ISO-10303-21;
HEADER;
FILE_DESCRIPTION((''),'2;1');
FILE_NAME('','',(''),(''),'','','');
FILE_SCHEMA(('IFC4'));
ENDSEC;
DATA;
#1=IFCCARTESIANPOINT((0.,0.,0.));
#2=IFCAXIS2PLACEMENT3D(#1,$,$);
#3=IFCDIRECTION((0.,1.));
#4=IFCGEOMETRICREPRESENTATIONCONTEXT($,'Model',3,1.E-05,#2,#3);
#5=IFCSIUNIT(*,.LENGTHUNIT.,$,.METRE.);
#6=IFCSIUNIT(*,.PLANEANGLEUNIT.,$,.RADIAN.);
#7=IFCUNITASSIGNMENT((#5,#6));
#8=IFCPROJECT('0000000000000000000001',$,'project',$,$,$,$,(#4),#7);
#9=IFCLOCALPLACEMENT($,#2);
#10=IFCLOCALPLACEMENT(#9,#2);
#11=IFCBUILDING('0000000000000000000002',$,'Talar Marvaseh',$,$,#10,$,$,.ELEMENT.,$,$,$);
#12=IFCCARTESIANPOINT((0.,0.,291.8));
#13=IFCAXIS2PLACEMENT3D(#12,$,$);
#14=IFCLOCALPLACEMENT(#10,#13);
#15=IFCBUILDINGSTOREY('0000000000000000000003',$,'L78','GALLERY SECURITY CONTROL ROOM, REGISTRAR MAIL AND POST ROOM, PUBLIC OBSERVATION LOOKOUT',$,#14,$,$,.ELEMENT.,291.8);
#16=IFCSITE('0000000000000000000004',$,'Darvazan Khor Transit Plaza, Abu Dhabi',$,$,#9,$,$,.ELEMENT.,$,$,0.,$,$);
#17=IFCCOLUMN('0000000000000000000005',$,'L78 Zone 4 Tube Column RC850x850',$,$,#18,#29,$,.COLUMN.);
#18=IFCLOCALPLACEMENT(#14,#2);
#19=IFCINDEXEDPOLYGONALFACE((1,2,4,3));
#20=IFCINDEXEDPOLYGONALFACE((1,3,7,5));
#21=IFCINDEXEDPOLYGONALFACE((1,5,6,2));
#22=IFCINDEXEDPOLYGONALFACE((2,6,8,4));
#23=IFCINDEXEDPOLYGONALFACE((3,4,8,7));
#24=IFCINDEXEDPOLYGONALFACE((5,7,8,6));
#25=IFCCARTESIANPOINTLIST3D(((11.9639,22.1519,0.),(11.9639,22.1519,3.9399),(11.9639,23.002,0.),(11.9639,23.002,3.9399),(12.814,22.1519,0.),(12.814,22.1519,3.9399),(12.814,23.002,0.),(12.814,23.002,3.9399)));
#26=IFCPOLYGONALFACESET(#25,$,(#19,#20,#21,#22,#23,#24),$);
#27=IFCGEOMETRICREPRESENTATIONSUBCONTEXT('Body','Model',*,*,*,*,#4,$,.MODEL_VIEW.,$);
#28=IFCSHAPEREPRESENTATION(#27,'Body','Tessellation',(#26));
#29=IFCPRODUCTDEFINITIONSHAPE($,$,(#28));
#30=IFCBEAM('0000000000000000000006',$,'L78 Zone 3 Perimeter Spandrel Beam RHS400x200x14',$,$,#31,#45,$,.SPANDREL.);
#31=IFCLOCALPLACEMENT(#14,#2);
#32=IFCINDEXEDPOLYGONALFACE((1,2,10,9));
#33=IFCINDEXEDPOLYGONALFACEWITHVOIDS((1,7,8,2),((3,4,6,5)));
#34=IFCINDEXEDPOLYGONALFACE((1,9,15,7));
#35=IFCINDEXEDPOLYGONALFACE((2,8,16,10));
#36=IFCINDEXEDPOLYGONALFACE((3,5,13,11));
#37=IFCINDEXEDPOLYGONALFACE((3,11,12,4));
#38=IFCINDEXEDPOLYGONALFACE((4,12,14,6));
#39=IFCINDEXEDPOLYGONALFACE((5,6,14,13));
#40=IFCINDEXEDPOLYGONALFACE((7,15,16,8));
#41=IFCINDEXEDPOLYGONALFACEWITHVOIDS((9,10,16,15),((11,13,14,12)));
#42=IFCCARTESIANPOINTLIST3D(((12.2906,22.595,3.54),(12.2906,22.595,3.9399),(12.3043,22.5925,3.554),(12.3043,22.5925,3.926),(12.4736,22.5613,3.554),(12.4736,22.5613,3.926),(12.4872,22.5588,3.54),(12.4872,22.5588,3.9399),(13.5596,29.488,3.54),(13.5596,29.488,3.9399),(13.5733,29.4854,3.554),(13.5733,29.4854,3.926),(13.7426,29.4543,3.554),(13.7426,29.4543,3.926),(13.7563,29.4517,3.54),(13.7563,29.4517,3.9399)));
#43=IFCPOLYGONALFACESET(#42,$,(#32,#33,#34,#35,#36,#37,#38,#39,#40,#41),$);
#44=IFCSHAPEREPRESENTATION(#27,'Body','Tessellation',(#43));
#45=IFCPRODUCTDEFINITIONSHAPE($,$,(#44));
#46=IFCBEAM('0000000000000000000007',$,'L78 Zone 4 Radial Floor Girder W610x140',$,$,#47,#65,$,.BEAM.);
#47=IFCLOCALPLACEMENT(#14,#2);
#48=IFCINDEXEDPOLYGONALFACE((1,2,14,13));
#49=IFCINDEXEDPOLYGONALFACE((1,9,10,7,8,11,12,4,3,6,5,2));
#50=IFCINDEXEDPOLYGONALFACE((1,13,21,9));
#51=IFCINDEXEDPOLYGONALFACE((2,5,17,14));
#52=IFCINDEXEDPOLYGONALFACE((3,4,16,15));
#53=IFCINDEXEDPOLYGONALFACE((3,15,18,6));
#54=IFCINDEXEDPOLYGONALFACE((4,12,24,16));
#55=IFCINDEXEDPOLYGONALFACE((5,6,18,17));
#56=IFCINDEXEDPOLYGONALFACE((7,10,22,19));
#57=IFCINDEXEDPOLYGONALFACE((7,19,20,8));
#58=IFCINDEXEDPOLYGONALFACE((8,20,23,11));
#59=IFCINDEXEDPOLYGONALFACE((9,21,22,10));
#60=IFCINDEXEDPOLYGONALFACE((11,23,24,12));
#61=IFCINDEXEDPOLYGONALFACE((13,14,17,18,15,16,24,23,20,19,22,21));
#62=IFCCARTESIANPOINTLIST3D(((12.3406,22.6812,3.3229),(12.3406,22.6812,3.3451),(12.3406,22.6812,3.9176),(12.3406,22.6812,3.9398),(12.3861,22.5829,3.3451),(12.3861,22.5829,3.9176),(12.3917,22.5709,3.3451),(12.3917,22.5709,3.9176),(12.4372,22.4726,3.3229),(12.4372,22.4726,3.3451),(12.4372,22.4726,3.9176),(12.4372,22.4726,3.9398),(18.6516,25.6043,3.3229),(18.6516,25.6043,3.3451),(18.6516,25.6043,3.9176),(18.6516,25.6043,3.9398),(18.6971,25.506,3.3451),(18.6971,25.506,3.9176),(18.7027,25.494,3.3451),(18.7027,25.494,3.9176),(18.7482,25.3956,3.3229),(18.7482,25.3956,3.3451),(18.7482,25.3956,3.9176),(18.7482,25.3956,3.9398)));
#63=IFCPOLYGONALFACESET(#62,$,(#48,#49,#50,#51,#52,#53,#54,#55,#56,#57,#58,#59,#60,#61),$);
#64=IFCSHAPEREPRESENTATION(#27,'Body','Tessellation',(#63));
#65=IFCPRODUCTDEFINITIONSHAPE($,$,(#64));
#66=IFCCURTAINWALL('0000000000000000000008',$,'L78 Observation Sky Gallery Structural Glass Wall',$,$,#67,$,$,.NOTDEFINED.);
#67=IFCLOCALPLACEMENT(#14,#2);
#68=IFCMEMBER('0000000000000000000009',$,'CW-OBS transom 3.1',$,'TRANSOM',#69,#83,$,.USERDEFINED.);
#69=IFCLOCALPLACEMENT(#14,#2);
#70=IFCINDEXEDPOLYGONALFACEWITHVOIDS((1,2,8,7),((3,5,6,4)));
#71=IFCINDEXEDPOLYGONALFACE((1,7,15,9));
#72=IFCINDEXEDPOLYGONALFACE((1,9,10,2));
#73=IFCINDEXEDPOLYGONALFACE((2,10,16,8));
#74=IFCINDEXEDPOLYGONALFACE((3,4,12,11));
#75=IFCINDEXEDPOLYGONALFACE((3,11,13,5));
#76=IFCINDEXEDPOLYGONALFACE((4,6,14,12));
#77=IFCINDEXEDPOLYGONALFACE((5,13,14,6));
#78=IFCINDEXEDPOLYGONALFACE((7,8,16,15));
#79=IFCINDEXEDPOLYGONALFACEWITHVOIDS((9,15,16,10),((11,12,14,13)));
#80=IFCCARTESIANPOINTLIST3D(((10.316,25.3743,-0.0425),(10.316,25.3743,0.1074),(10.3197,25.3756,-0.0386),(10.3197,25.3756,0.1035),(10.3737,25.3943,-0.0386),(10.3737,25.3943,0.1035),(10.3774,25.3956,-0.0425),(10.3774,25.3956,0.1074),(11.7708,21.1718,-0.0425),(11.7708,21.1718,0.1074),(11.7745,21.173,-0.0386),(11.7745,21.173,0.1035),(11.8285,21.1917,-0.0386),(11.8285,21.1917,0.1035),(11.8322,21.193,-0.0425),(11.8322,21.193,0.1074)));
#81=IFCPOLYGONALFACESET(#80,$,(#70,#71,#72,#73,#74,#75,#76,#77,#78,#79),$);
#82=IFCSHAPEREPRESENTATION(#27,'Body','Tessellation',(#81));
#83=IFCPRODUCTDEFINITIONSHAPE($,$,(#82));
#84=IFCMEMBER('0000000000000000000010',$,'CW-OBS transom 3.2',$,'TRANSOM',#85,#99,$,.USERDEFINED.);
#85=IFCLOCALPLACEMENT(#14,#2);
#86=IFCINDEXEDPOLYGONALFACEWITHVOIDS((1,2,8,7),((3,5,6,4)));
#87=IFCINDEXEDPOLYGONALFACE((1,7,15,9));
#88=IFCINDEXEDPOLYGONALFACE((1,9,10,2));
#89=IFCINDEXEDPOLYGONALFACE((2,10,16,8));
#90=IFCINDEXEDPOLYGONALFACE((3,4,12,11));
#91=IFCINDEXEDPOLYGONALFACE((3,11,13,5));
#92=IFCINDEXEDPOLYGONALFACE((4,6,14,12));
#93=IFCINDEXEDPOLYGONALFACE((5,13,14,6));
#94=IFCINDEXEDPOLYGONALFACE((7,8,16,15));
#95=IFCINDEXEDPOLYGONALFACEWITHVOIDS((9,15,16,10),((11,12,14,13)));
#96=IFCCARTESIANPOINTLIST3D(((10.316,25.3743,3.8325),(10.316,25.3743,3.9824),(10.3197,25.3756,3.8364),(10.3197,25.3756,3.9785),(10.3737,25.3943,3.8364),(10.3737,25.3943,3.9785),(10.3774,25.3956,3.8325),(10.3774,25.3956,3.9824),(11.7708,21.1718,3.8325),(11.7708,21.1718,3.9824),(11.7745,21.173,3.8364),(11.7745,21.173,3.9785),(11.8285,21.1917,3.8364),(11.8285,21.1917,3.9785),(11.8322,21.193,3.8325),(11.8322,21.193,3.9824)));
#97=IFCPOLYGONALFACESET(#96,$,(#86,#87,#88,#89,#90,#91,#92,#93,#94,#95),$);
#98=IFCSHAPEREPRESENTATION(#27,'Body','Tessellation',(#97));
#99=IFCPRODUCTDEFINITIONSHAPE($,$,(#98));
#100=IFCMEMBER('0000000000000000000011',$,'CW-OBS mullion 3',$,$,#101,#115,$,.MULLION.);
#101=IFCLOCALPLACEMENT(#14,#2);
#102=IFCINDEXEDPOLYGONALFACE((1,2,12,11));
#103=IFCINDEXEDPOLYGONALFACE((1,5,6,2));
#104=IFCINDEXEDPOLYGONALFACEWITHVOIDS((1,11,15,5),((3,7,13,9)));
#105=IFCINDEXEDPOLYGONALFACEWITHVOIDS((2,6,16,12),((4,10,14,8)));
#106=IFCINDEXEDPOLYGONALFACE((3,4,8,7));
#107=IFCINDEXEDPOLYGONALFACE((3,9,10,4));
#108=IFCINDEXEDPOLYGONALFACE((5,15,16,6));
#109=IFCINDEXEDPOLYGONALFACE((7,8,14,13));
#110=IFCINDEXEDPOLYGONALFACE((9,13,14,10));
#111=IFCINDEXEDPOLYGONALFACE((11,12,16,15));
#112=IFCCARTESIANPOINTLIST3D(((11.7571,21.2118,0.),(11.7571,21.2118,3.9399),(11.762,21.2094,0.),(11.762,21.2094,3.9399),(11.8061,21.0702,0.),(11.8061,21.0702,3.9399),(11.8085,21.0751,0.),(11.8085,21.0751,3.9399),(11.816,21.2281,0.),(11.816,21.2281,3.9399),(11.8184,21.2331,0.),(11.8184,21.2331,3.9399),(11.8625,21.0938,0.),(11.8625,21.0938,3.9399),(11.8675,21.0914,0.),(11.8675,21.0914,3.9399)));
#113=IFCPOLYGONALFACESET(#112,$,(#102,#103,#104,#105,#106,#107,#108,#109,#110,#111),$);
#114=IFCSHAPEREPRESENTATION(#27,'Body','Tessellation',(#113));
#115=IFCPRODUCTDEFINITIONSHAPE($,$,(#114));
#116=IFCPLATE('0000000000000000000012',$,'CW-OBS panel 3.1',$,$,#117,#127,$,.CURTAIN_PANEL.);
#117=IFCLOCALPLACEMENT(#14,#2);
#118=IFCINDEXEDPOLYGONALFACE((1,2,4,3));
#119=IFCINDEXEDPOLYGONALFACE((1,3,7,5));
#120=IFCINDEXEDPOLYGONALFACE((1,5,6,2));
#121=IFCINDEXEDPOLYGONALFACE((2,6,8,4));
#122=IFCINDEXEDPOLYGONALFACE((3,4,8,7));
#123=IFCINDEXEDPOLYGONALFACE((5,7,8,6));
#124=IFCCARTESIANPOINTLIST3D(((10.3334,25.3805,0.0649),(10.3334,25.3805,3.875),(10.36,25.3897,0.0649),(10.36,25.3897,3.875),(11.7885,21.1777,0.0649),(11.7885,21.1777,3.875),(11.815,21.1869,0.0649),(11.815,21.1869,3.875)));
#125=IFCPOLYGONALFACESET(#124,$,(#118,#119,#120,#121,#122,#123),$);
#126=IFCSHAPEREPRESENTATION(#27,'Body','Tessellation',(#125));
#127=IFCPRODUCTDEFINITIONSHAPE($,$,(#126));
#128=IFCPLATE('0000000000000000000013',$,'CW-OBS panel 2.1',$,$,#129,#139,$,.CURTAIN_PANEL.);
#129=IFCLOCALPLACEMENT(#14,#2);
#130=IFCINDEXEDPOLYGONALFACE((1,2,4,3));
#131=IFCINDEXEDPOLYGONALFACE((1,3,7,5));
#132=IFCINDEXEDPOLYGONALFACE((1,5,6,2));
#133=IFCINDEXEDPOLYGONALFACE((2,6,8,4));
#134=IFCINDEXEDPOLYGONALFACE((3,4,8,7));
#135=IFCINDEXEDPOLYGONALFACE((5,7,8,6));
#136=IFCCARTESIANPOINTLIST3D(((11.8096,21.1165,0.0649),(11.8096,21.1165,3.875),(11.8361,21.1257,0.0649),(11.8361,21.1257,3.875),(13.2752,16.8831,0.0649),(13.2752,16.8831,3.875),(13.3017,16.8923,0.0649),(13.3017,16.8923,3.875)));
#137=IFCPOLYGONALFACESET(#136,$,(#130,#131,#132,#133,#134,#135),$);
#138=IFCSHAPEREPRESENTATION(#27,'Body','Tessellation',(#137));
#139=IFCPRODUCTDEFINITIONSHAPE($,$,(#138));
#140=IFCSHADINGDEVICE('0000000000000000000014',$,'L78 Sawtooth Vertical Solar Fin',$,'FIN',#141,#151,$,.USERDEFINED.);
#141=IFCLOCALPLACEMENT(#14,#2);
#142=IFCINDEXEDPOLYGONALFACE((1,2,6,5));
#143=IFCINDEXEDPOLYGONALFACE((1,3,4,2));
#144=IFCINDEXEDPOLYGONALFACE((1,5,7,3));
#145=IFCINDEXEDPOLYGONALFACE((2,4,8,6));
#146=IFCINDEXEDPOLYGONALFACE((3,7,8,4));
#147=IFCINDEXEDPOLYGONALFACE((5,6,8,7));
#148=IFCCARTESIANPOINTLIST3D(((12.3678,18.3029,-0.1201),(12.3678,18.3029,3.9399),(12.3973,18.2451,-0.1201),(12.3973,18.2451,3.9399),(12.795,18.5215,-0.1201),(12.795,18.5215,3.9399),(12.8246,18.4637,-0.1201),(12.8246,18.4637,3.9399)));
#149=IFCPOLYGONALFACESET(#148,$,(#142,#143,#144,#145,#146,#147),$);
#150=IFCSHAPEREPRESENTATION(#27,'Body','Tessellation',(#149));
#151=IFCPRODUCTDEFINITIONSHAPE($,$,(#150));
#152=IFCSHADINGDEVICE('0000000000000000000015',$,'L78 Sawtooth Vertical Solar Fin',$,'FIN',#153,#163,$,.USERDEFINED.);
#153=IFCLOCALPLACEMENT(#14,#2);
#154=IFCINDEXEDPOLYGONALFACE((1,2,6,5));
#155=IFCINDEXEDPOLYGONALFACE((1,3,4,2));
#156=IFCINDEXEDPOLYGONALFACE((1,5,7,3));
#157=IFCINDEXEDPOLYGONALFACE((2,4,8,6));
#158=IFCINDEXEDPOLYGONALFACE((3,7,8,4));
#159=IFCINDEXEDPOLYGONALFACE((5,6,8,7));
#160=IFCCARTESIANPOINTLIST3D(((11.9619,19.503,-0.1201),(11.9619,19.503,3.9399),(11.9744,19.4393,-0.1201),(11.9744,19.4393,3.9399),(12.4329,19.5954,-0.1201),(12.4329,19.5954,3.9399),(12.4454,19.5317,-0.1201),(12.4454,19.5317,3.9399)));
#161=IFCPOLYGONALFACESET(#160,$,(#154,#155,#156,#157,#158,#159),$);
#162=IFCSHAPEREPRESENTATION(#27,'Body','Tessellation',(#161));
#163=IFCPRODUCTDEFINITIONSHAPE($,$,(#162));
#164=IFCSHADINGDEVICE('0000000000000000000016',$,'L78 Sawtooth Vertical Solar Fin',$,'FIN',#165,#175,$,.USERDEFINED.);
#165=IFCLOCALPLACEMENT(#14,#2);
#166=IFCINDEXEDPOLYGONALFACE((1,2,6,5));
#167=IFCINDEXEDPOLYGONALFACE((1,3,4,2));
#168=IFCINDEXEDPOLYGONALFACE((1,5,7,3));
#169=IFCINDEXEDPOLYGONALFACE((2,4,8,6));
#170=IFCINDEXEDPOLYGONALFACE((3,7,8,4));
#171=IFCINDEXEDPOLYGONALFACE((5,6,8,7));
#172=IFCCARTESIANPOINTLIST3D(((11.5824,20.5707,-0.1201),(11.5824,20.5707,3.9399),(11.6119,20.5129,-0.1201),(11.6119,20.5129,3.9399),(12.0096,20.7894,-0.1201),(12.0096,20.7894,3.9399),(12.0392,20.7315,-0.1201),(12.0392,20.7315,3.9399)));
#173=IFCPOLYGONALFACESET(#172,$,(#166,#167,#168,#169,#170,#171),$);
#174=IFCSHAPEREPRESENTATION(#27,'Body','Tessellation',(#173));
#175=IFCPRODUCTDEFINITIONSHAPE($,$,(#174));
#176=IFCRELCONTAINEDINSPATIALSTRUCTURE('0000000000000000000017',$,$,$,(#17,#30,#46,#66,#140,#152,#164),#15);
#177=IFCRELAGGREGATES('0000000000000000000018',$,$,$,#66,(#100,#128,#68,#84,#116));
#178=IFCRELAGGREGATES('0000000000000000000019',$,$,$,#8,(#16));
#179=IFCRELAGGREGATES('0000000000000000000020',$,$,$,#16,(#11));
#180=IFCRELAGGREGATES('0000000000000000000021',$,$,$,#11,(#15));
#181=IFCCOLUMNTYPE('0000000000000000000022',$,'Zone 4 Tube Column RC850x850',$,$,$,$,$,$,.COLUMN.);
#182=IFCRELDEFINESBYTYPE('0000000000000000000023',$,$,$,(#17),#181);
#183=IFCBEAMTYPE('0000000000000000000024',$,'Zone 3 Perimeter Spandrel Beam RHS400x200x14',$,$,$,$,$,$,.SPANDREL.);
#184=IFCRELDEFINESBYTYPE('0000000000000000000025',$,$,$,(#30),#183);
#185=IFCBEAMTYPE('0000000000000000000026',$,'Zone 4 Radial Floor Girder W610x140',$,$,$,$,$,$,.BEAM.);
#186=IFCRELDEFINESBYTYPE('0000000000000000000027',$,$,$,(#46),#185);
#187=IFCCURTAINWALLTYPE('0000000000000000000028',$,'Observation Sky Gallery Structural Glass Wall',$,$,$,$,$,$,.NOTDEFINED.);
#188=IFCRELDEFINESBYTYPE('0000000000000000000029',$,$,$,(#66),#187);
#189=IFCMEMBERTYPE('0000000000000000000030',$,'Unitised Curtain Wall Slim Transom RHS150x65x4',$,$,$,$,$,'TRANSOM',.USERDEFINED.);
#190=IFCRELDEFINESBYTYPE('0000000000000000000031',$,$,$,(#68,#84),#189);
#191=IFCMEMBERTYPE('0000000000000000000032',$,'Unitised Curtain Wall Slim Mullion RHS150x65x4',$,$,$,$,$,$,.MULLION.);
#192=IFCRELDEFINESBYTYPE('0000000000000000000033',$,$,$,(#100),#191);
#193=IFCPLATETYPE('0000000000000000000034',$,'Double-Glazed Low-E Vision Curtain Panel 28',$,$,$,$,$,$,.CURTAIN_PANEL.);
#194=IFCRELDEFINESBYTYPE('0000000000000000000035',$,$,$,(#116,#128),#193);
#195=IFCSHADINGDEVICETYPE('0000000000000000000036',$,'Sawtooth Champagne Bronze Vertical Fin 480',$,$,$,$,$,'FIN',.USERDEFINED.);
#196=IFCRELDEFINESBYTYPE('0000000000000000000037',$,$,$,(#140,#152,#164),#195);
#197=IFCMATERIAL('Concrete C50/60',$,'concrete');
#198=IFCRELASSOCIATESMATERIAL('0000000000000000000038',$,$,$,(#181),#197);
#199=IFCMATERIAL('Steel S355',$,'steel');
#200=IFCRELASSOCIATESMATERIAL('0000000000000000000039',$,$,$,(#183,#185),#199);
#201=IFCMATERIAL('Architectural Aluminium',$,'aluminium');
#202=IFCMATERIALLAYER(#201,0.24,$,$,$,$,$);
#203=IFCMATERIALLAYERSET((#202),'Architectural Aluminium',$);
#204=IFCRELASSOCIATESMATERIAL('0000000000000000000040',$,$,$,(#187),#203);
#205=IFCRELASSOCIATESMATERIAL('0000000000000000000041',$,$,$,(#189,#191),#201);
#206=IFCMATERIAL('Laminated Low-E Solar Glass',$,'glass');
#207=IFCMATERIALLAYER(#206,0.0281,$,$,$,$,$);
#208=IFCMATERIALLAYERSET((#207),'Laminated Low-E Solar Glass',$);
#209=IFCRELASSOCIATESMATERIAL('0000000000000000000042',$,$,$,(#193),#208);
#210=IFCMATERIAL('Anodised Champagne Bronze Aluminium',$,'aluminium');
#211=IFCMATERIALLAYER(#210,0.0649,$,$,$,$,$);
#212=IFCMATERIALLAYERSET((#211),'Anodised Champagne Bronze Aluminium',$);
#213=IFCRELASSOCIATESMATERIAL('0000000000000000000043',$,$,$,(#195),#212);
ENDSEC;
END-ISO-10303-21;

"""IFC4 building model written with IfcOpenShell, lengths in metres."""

from ifc_helpers import new_model, si_unit, direction, frame, origin, origin_2d, place, context, subcontext, project, spatial, rectangle, hollow_rectangle, i_section, extrude, source, transform, mapped, material, layer, layer_set, material_profile, profile_set, type_object, type_shapes, element, aggregate, save


model = new_model("IFC4")

# Units and contexts
model_context = context("Model", 3, precision=1e-05, world=origin(), true_north=direction((0.0, 1.0)))
body_context = subcontext(model_context, "Body", "Model", "MODEL_VIEW")
ifc_project = project(units=[si_unit("LENGTHUNIT", "METRE"), si_unit("PLANEANGLEUNIT", "RADIAN")], contexts=[model_context])

# Site, building, storey
site_placement = place(None, origin())
site = spatial("IfcSite", under=ifc_project, at=site_placement, Name="Darvazan Khor Transit Plaza, Abu Dhabi", CompositionType="ELEMENT", RefElevation=0.0)
building_placement = place(site_placement, origin())
building = spatial("IfcBuilding", under=site, at=building_placement, Name="Talar Marvaseh", CompositionType="ELEMENT")
storey_placement = place(building_placement, frame((0.0, 0.0, 291.8)))
storey = spatial("IfcBuildingStorey", under=building, at=storey_placement, Name="L78", Description="GALLERY SECURITY CONTROL ROOM, REGISTRAR MAIL AND POST ROOM, PUBLIC OBSERVATION LOOKOUT", CompositionType="ELEMENT", Elevation=291.8)

# Column
ifc_material_1 = material(Name="Concrete C50/60", Category="concrete")
ifc_material_profile_1 = material_profile(ifc_material_1, rectangle(XDim=0.8501, YDim=0.8501, at=origin_2d()), Name="RC850x850")
ifc_profile_set_1 = profile_set([ifc_material_profile_1], Name="Concrete C50/60")
column_type = type_object("IfcColumnType", Name="Zone 4 Tube Column RC850x850", PredefinedType="COLUMN", material=ifc_profile_set_1)
column_placement = place(storey_placement, frame((12.3889, 22.5769, 0.0), z_axis=(0.0, 0.0, 1.0), x_axis=(1.0, 0.0, 0.0)))
element("IfcColumn", 1, at=column_placement, inside=storey, type_object=column_type, Name="L78 Zone 4 Tube Column RC850x850", PredefinedType="COLUMN", context=body_context, shape_type="SweptSolid", body=[
    extrude(rectangle(XDim=0.8501, YDim=0.8501, at=origin_2d()), origin(), (0.0, 0.0, 1.0), 3.9399),
])

# Beams
ifc_material_2 = material(Name="Steel S355", Category="steel")
ifc_material_profile_2 = material_profile(ifc_material_2, hollow_rectangle(XDim=0.2, YDim=0.3999, WallThickness=0.0139, at=origin_2d()), Name="RHS400x200x14")
ifc_profile_set_2 = profile_set([ifc_material_profile_2], Name="Steel S355")
beam_type_1 = type_object("IfcBeamType", Name="Zone 3 Perimeter Spandrel Beam RHS400x200x14", PredefinedType="SPANDREL", material=ifc_profile_set_2)
beam_1_placement = place(storey_placement, frame((12.3889, 22.5769, 3.74), z_axis=(0.181061, 0.983472, 0.0), x_axis=(-0.983472, 0.181061, 0.0)))
element("IfcBeam", 2, at=beam_1_placement, inside=storey, type_object=beam_type_1, Name="L78 Zone 3 Perimeter Spandrel Beam RHS400x200x14", PredefinedType="SPANDREL", context=body_context, shape_type="SweptSolid", body=[
    extrude(hollow_rectangle(XDim=0.2, YDim=0.3999, WallThickness=0.0139, at=origin_2d()), origin(), (0.0, 0.0, 1.0), 7.0088),
])
ifc_material_profile_3 = material_profile(ifc_material_2, i_section(OverallWidth=0.23, OverallDepth=0.6169, WebThickness=0.0132, FlangeThickness=0.0222, at=origin_2d()), Name="W610x140")
ifc_profile_set_3 = profile_set([ifc_material_profile_3], Name="Steel S355")
beam_type_2 = type_object("IfcBeamType", Name="Zone 4 Radial Floor Girder W610x140", PredefinedType="BEAM", material=ifc_profile_set_3)
beam_2_placement = place(storey_placement, frame((12.3889, 22.5769, 3.6313), z_axis=(0.907395, 0.42028, 0.0), x_axis=(-0.42028, 0.907395, 0.0)))
element("IfcBeam", 3, at=beam_2_placement, inside=storey, type_object=beam_type_2, Name="L78 Zone 4 Radial Floor Girder W610x140", PredefinedType="BEAM", context=body_context, shape_type="SweptSolid", body=[
    extrude(i_section(OverallWidth=0.23, OverallDepth=0.6169, WebThickness=0.0132, FlangeThickness=0.0222, at=origin_2d()), origin(), (0.0, 0.0, 1.0), 6.9551),
])

# Curtain wall, members, plates
ifc_material_3 = material(Name="Architectural Aluminium", Category="aluminium")
ifc_layer_1 = layer(ifc_material_3, 0.24)
ifc_layer_set_1 = layer_set([ifc_layer_1], Name="Architectural Aluminium")
curtain_wall_type = type_object("IfcCurtainWallType", Name="Observation Sky Gallery Structural Glass Wall", PredefinedType="NOTDEFINED", material=ifc_layer_set_1)
curtain_wall_placement = place(storey_placement, origin())
curtain_wall = element("IfcCurtainWall", 4, at=curtain_wall_placement, inside=storey, type_object=curtain_wall_type, Name="L78 Observation Sky Gallery Structural Glass Wall", PredefinedType="NOTDEFINED")
ifc_material_profile_4 = material_profile(ifc_material_3, hollow_rectangle(XDim=0.0649, YDim=0.1499, WallThickness=0.0039, at=origin_2d()), Name="RHS150x65x4")
ifc_profile_set_4 = profile_set([ifc_material_profile_4], Name="Architectural Aluminium")
member_type_1 = type_object("IfcMemberType", Name="Unitised Curtain Wall Slim Transom RHS150x65x4", ElementType="TRANSOM", PredefinedType="USERDEFINED", material=ifc_profile_set_4)
shared_shape_1 = source(origin(), body_context, "Body", "SweptSolid", [
    extrude(hollow_rectangle(XDim=0.0649, YDim=0.1499, WallThickness=0.0039, at=origin_2d()), origin(), (0.0, 0.0, 1.0), 4.4473),
])
type_shapes(member_type_1, [shared_shape_1])
member_1_placement = place(storey_placement, frame((11.8015, 21.1824, 0.0325), z_axis=(-0.327126, 0.944981, 0.0), x_axis=(-0.944981, -0.327126, 0.0)))
member_1 = element("IfcMember", 5, at=member_1_placement, type_object=member_type_1, Name="CW-OBS transom 3.1", ObjectType="TRANSOM", PredefinedType="USERDEFINED", context=body_context, shape_type="MappedRepresentation", body=[
    mapped(shared_shape_1, transform((0.0, 0.0, 0.0), x_axis=(1.0, 0.0, 0.0), y_axis=(0.0, 1.0, 0.0), z_axis=(0.0, 0.0, 1.0), scale=1.0)),
])
member_2_placement = place(storey_placement, frame((11.8015, 21.1824, 3.9075), z_axis=(-0.327126, 0.944981, 0.0), x_axis=(-0.944981, -0.327126, 0.0)))
member_2 = element("IfcMember", 6, at=member_2_placement, type_object=member_type_1, Name="CW-OBS transom 3.2", ObjectType="TRANSOM", PredefinedType="USERDEFINED", context=body_context, shape_type="MappedRepresentation", body=[
    mapped(shared_shape_1, transform((0.0, 0.0, 0.0), x_axis=(1.0, 0.0, 0.0), y_axis=(0.0, 1.0, 0.0), z_axis=(0.0, 0.0, 1.0), scale=1.0)),
])
ifc_material_profile_5 = material_profile(ifc_material_3, hollow_rectangle(XDim=0.0649, YDim=0.1499, WallThickness=0.0039, at=origin_2d()), Name="RHS150x65x4")
ifc_profile_set_5 = profile_set([ifc_material_profile_5], Name="Architectural Aluminium")
member_type_2 = type_object("IfcMemberType", Name="Unitised Curtain Wall Slim Mullion RHS150x65x4", PredefinedType="MULLION", material=ifc_profile_set_5)
shared_shape_2 = source(origin(), body_context, "Body", "SweptSolid", [
    extrude(hollow_rectangle(XDim=0.0649, YDim=0.1499, WallThickness=0.0039, at=origin_2d()), origin(), (0.0, 0.0, 1.0), 3.9399),
])
type_shapes(member_type_2, [shared_shape_2])
member_3_placement = place(storey_placement, frame((11.8123, 21.1516, 0.0), z_axis=(0.0, 0.0, 1.0), x_axis=(-0.944972, -0.327151, 0.0)))
member_3 = element("IfcMember", 7, at=member_3_placement, type_object=member_type_2, Name="CW-OBS mullion 3", PredefinedType="MULLION", context=body_context, shape_type="MappedRepresentation", body=[
    mapped(shared_shape_2, transform((0.0, 0.0, 0.0), x_axis=(1.0, 0.0, 0.0), y_axis=(0.0, 1.0, 0.0), z_axis=(0.0, 0.0, 1.0), scale=1.0)),
])
ifc_material_4 = material(Name="Laminated Low-E Solar Glass", Category="glass")
ifc_layer_2 = layer(ifc_material_4, 0.0281)
ifc_layer_set_2 = layer_set([ifc_layer_2], Name="Laminated Low-E Solar Glass")
plate_type = type_object("IfcPlateType", Name="Double-Glazed Low-E Vision Curtain Panel 28", PredefinedType="CURTAIN_PANEL", material=ifc_layer_set_2)
shared_shape_3 = source(origin(), body_context, "Body", "SweptSolid", [
    extrude(rectangle(XDim=4.4475, YDim=0.0281, at=origin_2d()), origin(), (0.0, 0.0, 1.0), 3.8101),
])
plate_1_placement = place(storey_placement, frame((11.0742, 23.2837, 0.0649), z_axis=(0.0, 0.0, 1.0), x_axis=(-0.327151, 0.944972, 0.0)))
plate_1 = element("IfcPlate", 8, at=plate_1_placement, type_object=plate_type, Name="CW-OBS panel 3.1", PredefinedType="CURTAIN_PANEL", context=body_context, shape_type="MappedRepresentation", body=[
    mapped(shared_shape_3, transform((0.0, 0.0, 0.0), x_axis=(1.0, 0.0, 0.0), y_axis=(0.0, 1.0, 0.0), z_axis=(0.0, 0.0, 1.0), scale=1.0)),
])
shared_shape_4 = source(origin(), body_context, "Body", "SweptSolid", [
    extrude(rectangle(XDim=4.48, YDim=0.0281, at=origin_2d()), origin(), (0.0, 0.0, 1.0), 3.8101),
])
type_shapes(plate_type, [shared_shape_3, shared_shape_4])
plate_2_placement = place(storey_placement, frame((12.5557, 19.0044, 0.0649), z_axis=(0.0, 0.0, 1.0), x_axis=(-0.327151, 0.944972, 0.0)))
plate_2 = element("IfcPlate", 9, at=plate_2_placement, type_object=plate_type, Name="CW-OBS panel 2.1", PredefinedType="CURTAIN_PANEL", context=body_context, shape_type="MappedRepresentation", body=[
    mapped(shared_shape_4, transform((0.0, 0.0, 0.0), x_axis=(1.0, 0.0, 0.0), y_axis=(0.0, 1.0, 0.0), z_axis=(0.0, 0.0, 1.0), scale=1.0)),
])
aggregate(curtain_wall, [member_3, plate_2, member_1, member_2, plate_1])

# Shading devices
ifc_material_5 = material(Name="Anodised Champagne Bronze Aluminium", Category="aluminium")
ifc_layer_3 = layer(ifc_material_5, 0.0649)
ifc_layer_set_3 = layer_set([ifc_layer_3], Name="Anodised Champagne Bronze Aluminium")
shading_device_type_1 = type_object("IfcShadingDeviceType", Name="Sawtooth Champagne Bronze Vertical Fin 480", ElementType="FIN", PredefinedType="USERDEFINED", material=ifc_layer_set_3)
shared_shape_5 = source(origin(), body_context, "Body", "SweptSolid", [
    extrude(rectangle(XDim=0.48, YDim=0.0649, at=origin_2d()), origin(), (0.0, 0.0, 1.0), 4.0601),
])
type_shapes(shading_device_type_1, [shared_shape_5])
for number, where, z_axis, x_axis, name in (
    (10, (12.5962, 18.3833, -0.1201), (0.0, 0.0, 1.0), (-0.890213, -0.455545, 0.0), "L78 Sawtooth Vertical Solar Fin"),
    (11, (12.2036, 19.5173, -0.1201), (0.0, 0.0, 1.0), (-0.981293, -0.192522, 0.0), "L78 Sawtooth Vertical Solar Fin"),
    (12, (11.8108, 20.6511, -0.1201), (0.0, 0.0, 1.0), (-0.890213, -0.455545, 0.0), "L78 Sawtooth Vertical Solar Fin"),
):
    element("IfcShadingDevice", number, at=place(storey_placement, frame(where, z_axis=z_axis, x_axis=x_axis)), inside=storey, type_object=shading_device_type_1, Name=name, ObjectType="FIN", PredefinedType="USERDEFINED", context=body_context, shape_type="MappedRepresentation", body=[
        mapped(shared_shape_5, transform((0.0, 0.0, 0.0), x_axis=(1.0, 0.0, 0.0), y_axis=(0.0, 1.0, 0.0), z_axis=(0.0, 0.0, 1.0), scale=1.0)),
    ])

save(model, "model.ifc")
